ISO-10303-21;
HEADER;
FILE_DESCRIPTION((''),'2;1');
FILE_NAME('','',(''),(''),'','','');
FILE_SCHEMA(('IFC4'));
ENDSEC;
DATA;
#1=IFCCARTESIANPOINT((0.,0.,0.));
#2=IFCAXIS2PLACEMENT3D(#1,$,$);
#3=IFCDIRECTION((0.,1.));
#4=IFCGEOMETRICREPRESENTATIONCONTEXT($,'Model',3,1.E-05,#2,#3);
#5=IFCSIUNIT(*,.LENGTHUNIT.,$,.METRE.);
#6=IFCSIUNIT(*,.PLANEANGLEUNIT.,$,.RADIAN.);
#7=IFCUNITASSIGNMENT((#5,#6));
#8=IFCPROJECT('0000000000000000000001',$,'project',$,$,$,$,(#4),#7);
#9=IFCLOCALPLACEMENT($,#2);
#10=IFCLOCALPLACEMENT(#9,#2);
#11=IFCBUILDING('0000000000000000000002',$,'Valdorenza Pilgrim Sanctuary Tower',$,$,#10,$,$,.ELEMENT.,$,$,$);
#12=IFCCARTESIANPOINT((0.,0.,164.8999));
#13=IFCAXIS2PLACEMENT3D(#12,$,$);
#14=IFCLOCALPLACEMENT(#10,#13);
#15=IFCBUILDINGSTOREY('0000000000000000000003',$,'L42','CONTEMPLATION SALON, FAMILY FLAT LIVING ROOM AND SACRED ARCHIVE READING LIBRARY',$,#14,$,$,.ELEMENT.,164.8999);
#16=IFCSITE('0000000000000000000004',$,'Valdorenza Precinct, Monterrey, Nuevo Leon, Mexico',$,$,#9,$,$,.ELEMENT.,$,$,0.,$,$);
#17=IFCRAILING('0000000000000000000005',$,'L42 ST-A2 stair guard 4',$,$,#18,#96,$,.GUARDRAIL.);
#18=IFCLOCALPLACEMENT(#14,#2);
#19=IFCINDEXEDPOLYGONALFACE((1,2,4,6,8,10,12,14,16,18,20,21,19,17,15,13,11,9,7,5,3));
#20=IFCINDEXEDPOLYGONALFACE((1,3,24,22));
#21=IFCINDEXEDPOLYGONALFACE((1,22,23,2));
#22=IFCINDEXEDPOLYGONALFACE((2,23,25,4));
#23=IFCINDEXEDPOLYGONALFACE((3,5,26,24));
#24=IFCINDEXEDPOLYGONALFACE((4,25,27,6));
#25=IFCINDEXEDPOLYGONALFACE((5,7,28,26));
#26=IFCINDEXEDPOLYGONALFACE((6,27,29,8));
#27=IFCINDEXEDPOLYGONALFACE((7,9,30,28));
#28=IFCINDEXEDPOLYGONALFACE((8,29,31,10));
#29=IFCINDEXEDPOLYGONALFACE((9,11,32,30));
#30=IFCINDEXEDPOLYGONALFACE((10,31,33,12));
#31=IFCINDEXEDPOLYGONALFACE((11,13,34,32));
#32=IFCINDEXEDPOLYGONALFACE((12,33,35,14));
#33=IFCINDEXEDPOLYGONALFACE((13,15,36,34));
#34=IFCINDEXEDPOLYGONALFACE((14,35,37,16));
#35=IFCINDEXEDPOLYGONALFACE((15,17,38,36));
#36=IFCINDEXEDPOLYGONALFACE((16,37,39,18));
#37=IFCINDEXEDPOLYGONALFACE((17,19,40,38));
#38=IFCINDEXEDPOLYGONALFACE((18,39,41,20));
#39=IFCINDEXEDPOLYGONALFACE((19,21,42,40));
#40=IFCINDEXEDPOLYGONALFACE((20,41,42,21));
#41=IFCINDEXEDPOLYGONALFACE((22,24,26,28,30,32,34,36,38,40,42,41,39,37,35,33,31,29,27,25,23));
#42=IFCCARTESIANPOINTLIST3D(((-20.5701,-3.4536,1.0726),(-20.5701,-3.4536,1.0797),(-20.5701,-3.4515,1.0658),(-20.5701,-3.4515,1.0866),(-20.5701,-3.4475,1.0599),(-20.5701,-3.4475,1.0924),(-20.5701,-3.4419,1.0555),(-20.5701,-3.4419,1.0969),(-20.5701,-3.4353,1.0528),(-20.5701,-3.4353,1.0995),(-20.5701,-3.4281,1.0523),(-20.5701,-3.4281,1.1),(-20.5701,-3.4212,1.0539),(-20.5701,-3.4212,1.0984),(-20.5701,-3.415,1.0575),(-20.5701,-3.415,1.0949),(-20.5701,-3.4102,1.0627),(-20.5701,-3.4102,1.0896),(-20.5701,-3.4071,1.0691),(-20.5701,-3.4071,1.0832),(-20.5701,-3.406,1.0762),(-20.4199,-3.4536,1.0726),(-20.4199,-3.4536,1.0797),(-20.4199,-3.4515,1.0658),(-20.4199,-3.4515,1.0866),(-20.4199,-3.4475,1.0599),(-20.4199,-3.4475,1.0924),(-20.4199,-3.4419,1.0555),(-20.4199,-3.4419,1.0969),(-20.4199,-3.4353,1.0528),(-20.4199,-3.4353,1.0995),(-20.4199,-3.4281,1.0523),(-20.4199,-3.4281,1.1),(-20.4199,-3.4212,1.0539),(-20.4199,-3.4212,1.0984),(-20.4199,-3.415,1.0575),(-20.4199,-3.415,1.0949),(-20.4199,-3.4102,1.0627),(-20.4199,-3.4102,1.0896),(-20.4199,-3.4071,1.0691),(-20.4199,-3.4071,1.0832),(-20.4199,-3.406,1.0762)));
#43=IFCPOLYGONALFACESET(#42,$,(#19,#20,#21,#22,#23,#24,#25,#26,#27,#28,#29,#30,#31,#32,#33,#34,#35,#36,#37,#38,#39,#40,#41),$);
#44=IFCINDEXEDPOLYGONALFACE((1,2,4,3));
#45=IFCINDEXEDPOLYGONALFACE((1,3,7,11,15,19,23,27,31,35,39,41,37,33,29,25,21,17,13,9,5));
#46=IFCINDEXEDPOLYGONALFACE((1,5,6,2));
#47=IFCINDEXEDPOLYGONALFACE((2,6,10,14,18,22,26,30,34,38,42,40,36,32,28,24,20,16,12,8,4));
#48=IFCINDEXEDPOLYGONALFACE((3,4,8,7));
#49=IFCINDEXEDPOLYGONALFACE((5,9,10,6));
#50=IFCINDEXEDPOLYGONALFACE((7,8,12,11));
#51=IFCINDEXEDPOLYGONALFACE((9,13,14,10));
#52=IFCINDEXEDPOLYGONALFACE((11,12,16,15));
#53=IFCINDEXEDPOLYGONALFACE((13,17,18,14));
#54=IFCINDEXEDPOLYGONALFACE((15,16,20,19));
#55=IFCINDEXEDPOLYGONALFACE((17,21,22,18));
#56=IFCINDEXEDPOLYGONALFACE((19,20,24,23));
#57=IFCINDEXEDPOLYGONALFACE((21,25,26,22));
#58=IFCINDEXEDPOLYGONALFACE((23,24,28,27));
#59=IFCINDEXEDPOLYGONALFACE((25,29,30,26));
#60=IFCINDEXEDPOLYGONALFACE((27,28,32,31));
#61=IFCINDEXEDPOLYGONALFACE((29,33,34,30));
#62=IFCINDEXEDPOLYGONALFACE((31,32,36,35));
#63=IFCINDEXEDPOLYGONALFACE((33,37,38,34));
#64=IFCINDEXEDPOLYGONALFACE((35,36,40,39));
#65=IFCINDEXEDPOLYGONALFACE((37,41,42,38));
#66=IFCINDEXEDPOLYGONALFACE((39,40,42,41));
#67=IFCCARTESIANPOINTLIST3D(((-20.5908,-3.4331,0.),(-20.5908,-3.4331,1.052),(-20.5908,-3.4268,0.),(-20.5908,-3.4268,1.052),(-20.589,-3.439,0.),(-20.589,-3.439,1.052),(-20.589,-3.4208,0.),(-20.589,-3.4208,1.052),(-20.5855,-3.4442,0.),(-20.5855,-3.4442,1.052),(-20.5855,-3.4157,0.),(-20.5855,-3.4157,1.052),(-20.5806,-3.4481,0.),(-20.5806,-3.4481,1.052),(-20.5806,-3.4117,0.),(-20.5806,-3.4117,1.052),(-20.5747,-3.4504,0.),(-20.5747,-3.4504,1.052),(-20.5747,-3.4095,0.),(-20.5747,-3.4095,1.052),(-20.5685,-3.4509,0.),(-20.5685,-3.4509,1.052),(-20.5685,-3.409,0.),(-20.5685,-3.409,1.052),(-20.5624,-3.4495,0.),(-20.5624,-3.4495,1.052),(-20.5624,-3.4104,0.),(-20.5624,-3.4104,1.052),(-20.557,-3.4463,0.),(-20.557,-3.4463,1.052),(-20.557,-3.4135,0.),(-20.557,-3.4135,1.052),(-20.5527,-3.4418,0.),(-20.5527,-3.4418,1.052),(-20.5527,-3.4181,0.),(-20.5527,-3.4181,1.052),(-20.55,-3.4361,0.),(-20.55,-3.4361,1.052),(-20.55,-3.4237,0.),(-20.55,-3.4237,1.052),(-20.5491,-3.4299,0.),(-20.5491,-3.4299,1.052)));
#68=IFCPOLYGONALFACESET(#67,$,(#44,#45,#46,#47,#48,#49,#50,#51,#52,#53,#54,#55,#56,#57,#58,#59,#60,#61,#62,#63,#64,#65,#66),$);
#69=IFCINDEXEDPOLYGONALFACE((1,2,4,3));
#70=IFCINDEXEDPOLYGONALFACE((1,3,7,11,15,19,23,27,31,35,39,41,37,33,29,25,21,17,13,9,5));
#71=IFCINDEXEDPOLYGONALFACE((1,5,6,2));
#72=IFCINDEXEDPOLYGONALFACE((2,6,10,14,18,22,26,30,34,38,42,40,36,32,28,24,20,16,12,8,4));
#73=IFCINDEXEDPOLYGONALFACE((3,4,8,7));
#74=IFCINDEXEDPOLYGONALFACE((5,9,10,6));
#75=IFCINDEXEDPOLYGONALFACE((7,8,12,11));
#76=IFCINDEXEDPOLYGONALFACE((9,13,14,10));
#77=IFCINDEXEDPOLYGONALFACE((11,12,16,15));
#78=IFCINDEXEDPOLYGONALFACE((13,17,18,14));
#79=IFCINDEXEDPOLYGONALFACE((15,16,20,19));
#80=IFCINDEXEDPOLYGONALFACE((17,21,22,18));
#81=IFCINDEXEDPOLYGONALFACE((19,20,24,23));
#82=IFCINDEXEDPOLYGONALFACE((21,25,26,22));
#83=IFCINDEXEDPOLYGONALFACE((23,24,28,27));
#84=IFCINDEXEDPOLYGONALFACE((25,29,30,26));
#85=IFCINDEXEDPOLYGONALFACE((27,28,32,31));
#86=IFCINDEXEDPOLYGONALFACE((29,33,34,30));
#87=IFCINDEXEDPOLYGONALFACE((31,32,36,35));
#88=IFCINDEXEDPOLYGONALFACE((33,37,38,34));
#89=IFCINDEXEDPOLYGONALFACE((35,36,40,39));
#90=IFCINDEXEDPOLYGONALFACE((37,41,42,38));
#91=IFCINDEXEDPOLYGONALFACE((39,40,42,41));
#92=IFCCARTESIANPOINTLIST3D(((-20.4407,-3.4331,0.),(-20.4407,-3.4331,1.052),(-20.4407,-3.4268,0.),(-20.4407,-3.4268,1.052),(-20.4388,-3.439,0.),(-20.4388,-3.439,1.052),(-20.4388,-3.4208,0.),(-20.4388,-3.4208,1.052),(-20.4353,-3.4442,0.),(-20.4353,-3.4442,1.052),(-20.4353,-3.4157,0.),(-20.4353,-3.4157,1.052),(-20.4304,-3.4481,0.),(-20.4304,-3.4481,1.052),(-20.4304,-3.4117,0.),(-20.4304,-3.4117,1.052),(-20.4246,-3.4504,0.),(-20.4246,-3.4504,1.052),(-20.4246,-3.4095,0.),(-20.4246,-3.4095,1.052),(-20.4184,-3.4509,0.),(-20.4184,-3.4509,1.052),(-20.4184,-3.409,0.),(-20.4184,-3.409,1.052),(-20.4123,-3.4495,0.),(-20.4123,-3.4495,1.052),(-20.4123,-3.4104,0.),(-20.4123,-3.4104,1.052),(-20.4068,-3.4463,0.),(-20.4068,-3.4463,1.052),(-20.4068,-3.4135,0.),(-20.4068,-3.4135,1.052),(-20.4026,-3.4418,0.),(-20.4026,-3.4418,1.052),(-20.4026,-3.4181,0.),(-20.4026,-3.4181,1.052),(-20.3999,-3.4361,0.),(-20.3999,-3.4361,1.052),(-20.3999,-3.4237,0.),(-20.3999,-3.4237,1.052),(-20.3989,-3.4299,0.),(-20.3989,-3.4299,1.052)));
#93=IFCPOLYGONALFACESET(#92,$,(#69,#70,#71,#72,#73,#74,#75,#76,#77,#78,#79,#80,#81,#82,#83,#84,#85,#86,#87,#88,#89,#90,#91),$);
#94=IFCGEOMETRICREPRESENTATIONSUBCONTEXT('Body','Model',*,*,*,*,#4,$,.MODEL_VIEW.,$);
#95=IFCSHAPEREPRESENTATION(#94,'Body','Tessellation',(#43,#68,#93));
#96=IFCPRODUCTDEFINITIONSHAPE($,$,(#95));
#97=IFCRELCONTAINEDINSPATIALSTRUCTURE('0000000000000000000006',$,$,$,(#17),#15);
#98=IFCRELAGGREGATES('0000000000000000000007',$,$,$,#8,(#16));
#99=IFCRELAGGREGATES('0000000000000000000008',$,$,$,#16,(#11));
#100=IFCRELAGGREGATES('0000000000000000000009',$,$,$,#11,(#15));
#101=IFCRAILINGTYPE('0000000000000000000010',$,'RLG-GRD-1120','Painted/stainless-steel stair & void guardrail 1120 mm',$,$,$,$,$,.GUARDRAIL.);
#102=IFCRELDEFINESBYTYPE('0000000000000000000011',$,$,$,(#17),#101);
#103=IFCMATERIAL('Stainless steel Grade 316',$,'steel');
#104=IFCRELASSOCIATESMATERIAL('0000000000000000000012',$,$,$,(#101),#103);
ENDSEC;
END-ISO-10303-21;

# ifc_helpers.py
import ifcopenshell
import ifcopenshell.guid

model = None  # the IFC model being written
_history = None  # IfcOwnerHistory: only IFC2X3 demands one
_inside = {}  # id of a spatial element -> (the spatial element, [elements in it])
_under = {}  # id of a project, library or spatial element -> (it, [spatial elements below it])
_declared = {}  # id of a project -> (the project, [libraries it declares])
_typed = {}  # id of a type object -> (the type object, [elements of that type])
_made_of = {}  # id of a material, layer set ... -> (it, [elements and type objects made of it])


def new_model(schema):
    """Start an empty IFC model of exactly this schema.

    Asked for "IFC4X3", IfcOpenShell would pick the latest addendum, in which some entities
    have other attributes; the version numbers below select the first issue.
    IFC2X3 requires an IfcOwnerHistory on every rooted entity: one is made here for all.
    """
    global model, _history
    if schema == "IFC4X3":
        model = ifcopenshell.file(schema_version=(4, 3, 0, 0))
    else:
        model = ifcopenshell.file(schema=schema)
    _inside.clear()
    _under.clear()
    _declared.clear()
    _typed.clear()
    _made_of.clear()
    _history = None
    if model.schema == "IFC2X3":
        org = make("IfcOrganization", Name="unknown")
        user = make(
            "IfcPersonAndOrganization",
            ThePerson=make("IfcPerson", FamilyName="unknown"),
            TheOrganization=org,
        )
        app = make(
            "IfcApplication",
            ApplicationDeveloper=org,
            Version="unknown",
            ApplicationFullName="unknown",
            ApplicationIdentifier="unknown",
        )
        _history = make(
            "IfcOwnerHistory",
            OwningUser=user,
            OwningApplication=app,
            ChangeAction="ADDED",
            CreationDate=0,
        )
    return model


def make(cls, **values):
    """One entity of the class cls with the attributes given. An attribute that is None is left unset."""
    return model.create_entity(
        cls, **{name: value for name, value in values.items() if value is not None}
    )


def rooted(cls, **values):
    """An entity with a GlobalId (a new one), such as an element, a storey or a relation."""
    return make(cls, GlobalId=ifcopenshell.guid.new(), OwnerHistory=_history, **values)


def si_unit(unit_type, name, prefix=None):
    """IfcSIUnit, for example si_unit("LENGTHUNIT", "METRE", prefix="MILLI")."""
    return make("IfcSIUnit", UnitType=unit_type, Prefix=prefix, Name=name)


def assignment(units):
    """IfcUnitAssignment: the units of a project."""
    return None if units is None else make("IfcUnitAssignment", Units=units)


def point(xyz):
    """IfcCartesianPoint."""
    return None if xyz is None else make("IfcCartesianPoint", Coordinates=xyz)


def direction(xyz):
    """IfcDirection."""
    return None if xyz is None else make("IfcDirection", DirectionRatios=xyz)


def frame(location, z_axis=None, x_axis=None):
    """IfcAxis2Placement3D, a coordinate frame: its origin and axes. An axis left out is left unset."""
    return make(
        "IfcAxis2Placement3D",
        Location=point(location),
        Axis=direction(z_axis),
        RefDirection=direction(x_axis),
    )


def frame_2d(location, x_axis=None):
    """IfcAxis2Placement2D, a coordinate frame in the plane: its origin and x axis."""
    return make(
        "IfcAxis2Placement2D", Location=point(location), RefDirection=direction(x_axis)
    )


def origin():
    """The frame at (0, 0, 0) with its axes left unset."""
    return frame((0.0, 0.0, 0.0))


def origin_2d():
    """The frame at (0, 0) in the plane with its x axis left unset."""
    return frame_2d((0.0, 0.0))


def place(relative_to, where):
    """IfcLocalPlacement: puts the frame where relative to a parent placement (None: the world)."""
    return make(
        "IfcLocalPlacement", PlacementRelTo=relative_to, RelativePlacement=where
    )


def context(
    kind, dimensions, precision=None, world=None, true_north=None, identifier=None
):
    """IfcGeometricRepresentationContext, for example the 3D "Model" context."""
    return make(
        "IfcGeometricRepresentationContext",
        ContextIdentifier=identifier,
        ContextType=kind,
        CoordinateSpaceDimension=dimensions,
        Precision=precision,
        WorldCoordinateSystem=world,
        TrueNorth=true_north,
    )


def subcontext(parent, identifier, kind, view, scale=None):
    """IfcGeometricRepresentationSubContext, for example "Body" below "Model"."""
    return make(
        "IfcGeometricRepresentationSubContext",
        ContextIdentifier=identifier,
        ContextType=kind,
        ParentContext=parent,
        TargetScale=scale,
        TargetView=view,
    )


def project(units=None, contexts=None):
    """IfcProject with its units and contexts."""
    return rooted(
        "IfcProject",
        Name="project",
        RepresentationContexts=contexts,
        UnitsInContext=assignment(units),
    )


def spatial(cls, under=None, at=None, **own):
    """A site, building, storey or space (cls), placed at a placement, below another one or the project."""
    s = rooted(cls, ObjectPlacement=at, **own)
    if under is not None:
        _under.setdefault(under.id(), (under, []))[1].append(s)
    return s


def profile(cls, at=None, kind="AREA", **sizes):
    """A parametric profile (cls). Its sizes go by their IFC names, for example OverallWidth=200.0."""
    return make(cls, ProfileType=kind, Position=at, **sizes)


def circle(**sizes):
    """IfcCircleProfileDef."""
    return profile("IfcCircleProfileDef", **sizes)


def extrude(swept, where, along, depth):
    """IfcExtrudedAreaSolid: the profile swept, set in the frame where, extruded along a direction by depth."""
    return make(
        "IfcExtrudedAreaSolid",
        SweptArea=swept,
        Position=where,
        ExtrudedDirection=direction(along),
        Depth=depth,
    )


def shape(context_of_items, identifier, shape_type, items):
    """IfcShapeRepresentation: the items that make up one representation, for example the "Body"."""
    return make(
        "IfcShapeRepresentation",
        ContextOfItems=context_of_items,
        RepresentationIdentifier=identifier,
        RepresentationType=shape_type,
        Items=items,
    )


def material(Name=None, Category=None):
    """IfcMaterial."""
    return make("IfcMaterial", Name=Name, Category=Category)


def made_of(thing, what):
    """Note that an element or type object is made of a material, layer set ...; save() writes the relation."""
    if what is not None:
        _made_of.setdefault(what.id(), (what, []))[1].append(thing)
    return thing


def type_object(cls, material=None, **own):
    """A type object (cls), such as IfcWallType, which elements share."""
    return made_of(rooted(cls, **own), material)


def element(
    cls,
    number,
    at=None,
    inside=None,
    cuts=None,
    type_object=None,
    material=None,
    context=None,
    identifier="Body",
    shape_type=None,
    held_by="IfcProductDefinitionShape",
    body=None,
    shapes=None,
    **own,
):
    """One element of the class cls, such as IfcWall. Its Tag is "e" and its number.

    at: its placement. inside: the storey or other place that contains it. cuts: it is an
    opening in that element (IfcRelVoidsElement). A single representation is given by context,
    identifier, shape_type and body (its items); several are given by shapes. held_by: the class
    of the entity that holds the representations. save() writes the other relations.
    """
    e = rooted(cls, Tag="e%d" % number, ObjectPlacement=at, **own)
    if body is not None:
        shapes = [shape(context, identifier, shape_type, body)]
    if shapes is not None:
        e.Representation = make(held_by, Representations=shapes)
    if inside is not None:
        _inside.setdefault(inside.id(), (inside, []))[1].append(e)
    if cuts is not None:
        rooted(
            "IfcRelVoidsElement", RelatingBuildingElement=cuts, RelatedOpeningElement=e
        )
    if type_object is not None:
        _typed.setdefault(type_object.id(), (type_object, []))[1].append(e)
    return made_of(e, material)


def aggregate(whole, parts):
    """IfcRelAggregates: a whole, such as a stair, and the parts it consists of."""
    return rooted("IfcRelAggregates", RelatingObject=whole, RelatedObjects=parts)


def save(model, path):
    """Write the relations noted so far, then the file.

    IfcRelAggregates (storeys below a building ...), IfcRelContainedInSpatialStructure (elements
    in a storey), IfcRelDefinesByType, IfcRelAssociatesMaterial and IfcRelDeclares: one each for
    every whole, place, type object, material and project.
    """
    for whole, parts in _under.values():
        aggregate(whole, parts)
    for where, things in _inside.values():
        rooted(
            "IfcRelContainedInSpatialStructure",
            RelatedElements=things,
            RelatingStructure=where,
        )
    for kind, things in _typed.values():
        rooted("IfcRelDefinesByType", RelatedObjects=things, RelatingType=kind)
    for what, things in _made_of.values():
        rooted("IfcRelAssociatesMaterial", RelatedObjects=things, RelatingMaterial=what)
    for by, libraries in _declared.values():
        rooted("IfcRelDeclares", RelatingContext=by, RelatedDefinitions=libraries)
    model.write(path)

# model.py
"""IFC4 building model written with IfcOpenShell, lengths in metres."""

from ifc_helpers import new_model, si_unit, direction, frame, origin, origin_2d, place, context, subcontext, project, spatial, circle, extrude, material, type_object, element, save


model = new_model("IFC4")

# Units and contexts
model_context = context("Model", 3, precision=1e-05, world=origin(), true_north=direction((0.0, 1.0)))
body_context = subcontext(model_context, "Body", "Model", "MODEL_VIEW")
ifc_project = project(units=[si_unit("LENGTHUNIT", "METRE"), si_unit("PLANEANGLEUNIT", "RADIAN")], contexts=[model_context])

# Site, building, storey
site_placement = place(None, origin())
site = spatial("IfcSite", under=ifc_project, at=site_placement, Name="Valdorenza Precinct, Monterrey, Nuevo Leon, Mexico", CompositionType="ELEMENT", RefElevation=0.0)
building_placement = place(site_placement, origin())
building = spatial("IfcBuilding", under=site, at=building_placement, Name="Valdorenza Pilgrim Sanctuary Tower", CompositionType="ELEMENT")
storey_placement = place(building_placement, frame((0.0, 0.0, 164.8999)))
storey = spatial("IfcBuildingStorey", under=building, at=storey_placement, Name="L42", Description="CONTEMPLATION SALON, FAMILY FLAT LIVING ROOM AND SACRED ARCHIVE READING LIBRARY", CompositionType="ELEMENT", Elevation=164.8999)

# Railing
ifc_material_1 = material(Name="Stainless steel Grade 316", Category="steel")
railing_type_1 = type_object("IfcRailingType", Name="RLG-GRD-1120", Description="Painted/stainless-steel stair & void guardrail 1120 mm", PredefinedType="GUARDRAIL", material=ifc_material_1)
railing_1_placement = place(storey_placement, frame((-20.5701, -3.4299, 0.0)))
element("IfcRailing", 1, at=railing_1_placement, inside=storey, type_object=railing_type_1, Name="L42 ST-A2 stair guard 4", PredefinedType="GUARDRAIL", context=body_context, shape_type="SweptSolid", body=[
    extrude(circle(Radius=0.0239, at=origin_2d()), frame((0.0, 0.0, 1.0762), z_axis=(1.0, 0.0, 0.0), x_axis=(0.0, 1.0, 0.0)), (0.0, 0.0, 1.0), 0.1501),
    extrude(circle(Radius=0.021, at=origin_2d()), origin(), (0.0, 0.0, 1.0), 1.052),
    extrude(circle(Radius=0.021, at=origin_2d()), frame((0.1501, 0.0, 0.0)), (0.0, 0.0, 1.0), 1.052),
])

save(model, "model.ifc")
